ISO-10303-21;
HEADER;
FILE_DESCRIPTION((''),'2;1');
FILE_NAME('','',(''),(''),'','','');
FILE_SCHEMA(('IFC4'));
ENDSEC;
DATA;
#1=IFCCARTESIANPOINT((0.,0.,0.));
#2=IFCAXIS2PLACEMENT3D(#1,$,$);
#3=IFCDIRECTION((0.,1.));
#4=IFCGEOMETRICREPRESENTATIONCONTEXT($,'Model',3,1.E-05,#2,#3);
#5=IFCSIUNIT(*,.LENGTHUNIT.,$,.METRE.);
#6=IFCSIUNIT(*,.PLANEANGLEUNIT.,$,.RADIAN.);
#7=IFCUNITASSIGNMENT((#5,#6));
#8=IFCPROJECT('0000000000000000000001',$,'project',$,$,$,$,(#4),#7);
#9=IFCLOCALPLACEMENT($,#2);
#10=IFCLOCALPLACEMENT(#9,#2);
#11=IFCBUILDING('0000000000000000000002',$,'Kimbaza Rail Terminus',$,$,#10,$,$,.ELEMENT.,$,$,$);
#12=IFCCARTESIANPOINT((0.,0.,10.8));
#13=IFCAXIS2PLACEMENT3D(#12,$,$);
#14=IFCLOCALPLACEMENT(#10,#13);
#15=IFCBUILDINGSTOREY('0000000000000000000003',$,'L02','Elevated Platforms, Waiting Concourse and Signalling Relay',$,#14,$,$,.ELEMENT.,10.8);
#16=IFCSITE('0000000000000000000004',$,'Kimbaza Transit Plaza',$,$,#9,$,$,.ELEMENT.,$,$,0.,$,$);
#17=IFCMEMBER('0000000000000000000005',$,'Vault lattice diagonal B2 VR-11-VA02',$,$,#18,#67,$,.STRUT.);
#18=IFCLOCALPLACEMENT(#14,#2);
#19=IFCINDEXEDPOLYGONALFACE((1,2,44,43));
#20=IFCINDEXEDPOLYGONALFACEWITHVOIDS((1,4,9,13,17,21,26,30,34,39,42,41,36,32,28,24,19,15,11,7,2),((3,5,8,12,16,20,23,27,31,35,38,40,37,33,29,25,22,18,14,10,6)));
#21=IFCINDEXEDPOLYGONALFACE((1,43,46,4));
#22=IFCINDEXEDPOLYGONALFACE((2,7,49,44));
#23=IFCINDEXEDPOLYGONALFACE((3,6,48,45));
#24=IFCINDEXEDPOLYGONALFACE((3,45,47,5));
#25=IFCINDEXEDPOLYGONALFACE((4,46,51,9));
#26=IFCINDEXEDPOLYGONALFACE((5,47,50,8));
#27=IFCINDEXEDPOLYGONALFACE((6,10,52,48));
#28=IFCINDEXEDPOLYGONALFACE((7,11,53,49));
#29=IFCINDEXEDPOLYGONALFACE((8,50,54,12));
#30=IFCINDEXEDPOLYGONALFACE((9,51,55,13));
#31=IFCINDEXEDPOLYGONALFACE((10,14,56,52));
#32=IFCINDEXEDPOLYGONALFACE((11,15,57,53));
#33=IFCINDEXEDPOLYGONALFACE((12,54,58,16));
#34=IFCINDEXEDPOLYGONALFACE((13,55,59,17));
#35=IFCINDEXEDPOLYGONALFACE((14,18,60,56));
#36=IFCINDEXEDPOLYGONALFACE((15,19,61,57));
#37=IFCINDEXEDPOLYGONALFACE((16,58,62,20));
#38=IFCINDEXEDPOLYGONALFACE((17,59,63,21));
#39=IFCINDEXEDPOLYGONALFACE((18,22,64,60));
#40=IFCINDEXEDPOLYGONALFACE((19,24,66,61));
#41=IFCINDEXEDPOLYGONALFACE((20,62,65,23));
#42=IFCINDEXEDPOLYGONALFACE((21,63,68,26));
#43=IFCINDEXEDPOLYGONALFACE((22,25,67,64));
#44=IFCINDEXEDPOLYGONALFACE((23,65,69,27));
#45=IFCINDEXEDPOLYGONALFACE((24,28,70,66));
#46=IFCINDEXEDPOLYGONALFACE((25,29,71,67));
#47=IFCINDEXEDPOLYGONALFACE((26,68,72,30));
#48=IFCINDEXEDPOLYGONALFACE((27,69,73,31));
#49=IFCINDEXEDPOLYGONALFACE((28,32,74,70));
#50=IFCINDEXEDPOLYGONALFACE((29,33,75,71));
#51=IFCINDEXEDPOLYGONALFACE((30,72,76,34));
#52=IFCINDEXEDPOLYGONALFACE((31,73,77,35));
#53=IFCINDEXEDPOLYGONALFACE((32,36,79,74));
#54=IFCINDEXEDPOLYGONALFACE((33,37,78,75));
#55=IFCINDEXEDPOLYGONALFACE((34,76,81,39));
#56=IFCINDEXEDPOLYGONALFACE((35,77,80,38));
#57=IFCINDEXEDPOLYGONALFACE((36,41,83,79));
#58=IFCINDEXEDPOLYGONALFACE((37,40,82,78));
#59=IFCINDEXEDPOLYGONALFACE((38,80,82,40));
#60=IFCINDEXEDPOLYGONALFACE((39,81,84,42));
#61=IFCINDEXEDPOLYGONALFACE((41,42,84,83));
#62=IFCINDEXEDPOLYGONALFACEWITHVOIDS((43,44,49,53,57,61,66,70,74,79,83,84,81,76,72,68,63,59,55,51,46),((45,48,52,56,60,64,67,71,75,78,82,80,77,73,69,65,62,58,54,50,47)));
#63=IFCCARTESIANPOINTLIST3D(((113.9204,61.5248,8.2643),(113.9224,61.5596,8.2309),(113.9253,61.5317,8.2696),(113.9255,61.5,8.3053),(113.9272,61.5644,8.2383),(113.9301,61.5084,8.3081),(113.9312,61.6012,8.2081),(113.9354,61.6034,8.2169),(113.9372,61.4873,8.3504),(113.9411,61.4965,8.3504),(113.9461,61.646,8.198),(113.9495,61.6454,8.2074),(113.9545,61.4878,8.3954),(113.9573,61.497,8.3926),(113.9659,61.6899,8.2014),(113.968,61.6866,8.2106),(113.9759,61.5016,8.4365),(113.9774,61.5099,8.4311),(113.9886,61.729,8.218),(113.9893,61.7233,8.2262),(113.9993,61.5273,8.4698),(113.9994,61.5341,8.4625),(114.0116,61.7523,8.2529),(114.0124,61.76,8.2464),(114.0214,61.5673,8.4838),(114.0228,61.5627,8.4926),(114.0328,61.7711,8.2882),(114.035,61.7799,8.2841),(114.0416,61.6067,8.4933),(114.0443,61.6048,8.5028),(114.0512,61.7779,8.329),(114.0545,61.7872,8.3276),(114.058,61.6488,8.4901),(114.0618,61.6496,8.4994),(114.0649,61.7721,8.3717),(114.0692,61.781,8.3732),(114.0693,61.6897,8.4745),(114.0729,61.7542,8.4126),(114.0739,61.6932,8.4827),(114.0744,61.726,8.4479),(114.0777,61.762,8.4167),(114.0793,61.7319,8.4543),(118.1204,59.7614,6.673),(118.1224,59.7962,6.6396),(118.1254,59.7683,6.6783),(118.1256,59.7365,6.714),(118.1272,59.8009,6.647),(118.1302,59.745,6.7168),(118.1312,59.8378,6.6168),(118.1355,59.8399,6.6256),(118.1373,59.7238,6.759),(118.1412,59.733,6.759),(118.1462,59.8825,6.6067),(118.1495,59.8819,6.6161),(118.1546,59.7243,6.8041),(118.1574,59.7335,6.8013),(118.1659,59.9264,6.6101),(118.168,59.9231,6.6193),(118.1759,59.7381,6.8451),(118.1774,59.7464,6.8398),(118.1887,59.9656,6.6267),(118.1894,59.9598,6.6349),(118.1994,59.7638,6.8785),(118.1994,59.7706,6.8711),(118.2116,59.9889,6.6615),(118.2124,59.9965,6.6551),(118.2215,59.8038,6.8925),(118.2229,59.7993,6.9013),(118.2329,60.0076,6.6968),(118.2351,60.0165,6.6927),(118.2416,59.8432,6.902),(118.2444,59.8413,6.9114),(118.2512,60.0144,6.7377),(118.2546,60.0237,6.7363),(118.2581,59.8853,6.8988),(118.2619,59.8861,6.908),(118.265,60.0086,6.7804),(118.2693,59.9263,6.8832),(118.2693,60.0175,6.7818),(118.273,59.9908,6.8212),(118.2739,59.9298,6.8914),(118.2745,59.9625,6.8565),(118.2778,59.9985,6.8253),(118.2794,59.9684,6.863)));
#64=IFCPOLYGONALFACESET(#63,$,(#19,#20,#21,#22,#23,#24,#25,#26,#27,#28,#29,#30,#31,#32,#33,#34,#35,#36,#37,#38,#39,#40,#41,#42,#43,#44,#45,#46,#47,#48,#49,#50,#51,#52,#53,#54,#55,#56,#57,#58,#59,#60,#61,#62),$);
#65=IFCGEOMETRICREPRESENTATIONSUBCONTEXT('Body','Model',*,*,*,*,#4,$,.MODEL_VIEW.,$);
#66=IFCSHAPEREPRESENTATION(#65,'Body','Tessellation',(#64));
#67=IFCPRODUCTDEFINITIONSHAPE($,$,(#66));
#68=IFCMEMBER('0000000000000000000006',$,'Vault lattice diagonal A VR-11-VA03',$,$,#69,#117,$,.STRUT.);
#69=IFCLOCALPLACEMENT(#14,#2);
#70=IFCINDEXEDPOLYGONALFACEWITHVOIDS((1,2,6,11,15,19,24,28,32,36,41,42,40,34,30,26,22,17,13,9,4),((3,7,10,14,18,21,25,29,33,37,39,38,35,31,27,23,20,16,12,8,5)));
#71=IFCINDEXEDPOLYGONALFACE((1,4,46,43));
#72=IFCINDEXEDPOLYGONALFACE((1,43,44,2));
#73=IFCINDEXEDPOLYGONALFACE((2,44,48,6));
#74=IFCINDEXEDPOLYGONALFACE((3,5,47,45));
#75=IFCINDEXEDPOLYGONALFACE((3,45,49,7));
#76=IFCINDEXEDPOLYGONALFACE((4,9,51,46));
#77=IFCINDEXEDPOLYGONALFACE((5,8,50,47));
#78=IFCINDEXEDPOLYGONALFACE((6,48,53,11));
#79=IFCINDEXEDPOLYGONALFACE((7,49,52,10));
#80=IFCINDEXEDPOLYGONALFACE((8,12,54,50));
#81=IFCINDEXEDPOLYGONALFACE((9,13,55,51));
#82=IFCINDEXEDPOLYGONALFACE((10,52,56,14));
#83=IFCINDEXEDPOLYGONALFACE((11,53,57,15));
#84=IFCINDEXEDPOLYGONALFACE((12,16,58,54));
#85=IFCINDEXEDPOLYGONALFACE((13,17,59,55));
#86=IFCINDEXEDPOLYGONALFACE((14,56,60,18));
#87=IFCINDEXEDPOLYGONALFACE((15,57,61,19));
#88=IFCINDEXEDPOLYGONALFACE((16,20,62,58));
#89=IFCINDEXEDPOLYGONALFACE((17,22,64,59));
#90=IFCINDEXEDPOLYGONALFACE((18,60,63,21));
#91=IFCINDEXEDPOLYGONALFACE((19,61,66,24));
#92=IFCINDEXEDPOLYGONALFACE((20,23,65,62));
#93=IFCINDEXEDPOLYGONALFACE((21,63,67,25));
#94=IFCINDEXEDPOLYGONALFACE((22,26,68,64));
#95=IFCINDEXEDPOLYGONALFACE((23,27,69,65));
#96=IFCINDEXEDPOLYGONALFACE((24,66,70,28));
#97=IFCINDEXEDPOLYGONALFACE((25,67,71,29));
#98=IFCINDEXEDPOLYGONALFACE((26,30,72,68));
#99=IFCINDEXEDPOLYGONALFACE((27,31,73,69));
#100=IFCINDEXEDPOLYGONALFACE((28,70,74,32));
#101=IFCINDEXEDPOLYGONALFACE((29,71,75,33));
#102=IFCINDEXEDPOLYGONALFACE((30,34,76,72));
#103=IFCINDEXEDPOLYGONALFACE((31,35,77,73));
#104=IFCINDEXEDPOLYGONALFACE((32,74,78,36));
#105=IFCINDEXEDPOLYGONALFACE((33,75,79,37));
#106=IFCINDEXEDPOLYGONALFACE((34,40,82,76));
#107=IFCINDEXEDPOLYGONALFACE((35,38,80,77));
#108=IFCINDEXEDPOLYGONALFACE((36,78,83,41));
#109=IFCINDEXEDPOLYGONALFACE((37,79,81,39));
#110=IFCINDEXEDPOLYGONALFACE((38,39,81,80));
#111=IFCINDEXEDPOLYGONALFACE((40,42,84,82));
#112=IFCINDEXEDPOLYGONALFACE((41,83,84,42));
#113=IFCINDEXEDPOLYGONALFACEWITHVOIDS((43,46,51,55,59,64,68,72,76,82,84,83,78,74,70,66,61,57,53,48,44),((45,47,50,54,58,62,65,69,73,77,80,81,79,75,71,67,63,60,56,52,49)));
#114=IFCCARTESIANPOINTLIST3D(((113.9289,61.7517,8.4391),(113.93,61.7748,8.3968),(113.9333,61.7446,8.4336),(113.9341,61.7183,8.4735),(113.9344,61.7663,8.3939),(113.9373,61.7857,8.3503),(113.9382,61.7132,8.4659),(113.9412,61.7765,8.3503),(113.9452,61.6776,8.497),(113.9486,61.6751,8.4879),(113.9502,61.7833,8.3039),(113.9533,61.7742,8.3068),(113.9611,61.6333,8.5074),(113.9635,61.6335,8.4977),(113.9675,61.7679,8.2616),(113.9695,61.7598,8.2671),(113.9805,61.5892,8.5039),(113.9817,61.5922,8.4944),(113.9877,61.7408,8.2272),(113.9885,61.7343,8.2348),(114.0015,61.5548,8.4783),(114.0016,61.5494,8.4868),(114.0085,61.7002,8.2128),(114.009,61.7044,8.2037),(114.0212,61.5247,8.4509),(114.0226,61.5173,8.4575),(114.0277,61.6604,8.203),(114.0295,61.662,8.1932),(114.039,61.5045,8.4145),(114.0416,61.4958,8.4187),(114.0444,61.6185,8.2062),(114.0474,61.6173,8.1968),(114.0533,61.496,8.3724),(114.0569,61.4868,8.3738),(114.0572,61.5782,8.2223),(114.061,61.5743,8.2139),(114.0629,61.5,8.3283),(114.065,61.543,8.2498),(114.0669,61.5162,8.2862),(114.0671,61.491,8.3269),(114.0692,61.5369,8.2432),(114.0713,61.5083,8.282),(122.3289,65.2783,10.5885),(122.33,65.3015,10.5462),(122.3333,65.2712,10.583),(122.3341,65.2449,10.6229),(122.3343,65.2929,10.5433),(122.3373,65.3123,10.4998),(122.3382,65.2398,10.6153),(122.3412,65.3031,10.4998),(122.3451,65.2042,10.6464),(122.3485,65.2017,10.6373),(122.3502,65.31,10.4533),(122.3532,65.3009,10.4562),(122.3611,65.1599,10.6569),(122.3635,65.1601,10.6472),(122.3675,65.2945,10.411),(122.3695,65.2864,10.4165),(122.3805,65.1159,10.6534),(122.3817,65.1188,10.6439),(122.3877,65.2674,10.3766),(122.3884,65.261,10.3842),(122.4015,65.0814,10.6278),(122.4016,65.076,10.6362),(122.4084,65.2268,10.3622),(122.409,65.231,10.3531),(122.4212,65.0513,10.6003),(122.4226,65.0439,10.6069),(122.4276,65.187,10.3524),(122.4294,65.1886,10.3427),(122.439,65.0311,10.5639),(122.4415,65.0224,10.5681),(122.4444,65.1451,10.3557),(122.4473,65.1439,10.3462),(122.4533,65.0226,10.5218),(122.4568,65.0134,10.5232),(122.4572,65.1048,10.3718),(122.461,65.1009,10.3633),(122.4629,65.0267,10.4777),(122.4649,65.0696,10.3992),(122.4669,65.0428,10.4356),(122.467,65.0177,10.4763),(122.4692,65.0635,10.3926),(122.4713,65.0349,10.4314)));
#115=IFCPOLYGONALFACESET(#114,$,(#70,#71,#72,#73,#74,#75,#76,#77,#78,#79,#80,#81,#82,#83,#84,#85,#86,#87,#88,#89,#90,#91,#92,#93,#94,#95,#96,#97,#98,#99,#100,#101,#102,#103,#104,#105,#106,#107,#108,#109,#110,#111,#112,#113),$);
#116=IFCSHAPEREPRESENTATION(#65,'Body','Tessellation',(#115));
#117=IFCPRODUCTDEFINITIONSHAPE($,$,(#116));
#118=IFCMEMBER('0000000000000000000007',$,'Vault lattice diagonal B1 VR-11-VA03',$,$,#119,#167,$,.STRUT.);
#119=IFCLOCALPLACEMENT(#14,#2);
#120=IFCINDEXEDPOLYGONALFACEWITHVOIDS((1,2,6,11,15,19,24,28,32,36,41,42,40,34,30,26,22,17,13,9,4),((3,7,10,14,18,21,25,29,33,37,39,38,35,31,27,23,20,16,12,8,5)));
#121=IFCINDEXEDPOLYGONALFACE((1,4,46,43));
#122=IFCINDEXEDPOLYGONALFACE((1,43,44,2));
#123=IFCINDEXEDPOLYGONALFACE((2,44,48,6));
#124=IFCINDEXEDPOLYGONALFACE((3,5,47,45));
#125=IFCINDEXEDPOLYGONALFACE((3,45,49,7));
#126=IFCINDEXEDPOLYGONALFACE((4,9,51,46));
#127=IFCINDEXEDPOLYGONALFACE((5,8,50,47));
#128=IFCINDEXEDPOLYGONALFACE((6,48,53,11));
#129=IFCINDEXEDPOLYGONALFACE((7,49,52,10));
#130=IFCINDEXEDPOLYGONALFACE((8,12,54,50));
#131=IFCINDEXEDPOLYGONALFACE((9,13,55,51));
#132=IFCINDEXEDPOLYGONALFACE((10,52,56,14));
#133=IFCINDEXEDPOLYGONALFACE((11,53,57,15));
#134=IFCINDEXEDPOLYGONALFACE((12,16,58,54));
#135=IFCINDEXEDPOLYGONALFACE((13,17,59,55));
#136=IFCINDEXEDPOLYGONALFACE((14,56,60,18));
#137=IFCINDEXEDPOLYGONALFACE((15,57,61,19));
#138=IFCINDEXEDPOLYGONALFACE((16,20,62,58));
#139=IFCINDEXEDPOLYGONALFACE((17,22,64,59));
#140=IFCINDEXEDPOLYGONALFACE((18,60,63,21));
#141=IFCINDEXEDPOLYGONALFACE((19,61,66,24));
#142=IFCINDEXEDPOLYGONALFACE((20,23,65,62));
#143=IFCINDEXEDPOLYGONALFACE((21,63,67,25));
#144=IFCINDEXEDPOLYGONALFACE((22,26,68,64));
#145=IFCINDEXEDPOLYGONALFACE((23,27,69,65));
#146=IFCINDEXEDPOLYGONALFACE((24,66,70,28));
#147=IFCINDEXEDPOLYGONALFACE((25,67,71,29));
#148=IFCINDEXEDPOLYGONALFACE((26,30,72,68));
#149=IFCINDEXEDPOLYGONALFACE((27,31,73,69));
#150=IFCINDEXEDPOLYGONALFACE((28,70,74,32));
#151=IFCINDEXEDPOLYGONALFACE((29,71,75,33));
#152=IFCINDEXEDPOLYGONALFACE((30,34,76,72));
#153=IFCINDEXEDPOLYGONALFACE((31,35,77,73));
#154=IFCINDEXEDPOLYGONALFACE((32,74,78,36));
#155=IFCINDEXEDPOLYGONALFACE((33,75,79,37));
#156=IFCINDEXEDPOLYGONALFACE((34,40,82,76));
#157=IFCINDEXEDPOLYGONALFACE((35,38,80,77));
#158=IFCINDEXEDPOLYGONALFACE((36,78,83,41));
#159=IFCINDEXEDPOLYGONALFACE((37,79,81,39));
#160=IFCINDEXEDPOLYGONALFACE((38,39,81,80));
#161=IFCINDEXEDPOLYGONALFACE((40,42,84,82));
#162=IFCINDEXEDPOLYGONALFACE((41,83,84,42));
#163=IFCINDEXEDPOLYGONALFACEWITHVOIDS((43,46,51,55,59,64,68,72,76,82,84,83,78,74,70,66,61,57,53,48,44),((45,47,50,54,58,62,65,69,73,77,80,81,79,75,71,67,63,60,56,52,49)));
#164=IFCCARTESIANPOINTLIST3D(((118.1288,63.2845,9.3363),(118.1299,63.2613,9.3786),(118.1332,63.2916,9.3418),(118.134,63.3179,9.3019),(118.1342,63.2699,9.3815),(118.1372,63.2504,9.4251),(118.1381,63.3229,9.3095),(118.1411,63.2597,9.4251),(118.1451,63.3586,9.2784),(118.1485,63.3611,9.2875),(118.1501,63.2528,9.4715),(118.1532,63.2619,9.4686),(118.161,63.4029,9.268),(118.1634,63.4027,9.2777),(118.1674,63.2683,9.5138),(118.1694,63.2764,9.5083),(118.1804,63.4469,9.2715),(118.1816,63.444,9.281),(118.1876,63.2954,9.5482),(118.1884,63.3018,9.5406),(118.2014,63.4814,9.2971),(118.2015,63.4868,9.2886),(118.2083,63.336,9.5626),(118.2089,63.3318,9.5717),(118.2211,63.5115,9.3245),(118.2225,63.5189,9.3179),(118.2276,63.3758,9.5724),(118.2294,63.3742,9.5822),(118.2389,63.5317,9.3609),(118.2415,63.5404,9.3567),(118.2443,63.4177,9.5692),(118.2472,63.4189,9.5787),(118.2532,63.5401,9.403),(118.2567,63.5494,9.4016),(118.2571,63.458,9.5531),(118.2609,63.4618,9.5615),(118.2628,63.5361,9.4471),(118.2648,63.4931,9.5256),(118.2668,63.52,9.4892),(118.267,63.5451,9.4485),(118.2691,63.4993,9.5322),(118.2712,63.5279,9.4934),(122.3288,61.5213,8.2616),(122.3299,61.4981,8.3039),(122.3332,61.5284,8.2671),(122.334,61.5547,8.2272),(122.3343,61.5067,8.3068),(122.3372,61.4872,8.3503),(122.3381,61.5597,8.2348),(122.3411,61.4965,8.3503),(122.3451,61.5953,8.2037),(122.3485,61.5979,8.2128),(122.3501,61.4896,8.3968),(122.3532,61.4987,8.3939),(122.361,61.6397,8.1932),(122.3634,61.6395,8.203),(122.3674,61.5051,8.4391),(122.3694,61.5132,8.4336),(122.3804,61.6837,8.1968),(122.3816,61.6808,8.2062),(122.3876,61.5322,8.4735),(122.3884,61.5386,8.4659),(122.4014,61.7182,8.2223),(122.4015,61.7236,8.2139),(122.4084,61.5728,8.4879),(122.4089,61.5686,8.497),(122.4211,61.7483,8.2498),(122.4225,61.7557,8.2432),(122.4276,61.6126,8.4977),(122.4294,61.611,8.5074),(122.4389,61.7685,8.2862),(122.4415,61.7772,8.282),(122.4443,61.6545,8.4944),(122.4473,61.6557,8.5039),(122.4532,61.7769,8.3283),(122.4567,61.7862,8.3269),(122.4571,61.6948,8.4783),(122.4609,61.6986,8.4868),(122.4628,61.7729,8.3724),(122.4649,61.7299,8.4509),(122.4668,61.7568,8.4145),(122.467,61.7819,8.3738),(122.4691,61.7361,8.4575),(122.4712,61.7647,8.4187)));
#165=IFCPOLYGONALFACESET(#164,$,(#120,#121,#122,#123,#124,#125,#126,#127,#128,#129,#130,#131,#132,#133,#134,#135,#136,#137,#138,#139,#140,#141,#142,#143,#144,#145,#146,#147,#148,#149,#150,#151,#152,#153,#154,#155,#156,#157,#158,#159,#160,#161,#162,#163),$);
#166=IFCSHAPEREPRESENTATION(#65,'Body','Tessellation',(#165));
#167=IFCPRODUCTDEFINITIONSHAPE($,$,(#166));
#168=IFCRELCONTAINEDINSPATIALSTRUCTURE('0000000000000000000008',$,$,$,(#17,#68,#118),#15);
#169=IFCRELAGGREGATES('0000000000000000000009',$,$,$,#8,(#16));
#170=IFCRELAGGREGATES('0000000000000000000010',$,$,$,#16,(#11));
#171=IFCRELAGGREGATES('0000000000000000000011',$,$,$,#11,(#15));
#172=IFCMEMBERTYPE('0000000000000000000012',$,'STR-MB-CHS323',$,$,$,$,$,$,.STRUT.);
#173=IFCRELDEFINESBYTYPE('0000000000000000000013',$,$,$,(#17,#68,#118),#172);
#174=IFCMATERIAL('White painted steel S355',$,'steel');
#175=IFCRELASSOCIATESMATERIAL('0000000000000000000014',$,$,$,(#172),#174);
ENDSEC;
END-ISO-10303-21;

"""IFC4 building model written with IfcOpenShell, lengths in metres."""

from ifc_helpers import new_model, si_unit, direction, frame, origin, origin_2d, place, context, subcontext, project, spatial, hollow_circle, extrude, material, material_profile, profile_set, type_object, element, save


model = new_model("IFC4")

# Units and contexts
model_context = context("Model", 3, precision=1e-05, world=origin(), true_north=direction((0.0, 1.0)))
body_context = subcontext(model_context, "Body", "Model", "MODEL_VIEW")
ifc_project = project(units=[si_unit("LENGTHUNIT", "METRE"), si_unit("PLANEANGLEUNIT", "RADIAN")], contexts=[model_context])

# Site, building, storey
site_placement = place(None, origin())
site = spatial("IfcSite", under=ifc_project, at=site_placement, Name="Kimbaza Transit Plaza", CompositionType="ELEMENT", RefElevation=0.0)
building_placement = place(site_placement, origin())
building = spatial("IfcBuilding", under=site, at=building_placement, Name="Kimbaza Rail Terminus", CompositionType="ELEMENT")
storey_placement = place(building_placement, frame((0.0, 0.0, 10.8)))
storey = spatial("IfcBuildingStorey", under=building, at=storey_placement, Name="L02", Description="Elevated Platforms, Waiting Concourse and Signalling Relay", CompositionType="ELEMENT", Elevation=10.8)

# Members
ifc_material_1 = material(Name="White painted steel S355", Category="steel")
ifc_material_profile_1 = material_profile(ifc_material_1, hollow_circle(Radius=0.1619, WallThickness=0.01, at=origin_2d()), Name="CHS 323.9x10")
ifc_profile_set_1 = profile_set([ifc_material_profile_1], Name="White painted steel S355")
member_type_1 = type_object("IfcMemberType", Name="STR-MB-CHS323", PredefinedType="STRUT", material=ifc_profile_set_1)
member_1_placement = place(storey_placement, frame((118.2, 59.873, 6.759), z_axis=(-0.870439, 0.36547, 0.329798), x_axis=(-0.38713, -0.922025, 0.0)))
element("IfcMember", 1, at=member_1_placement, inside=storey, type_object=member_type_1, Name="Vault lattice diagonal B2 VR-11-VA02", PredefinedType="STRUT", context=body_context, shape_type="SweptSolid", body=[
    extrude(hollow_circle(Radius=0.1619, WallThickness=0.01, at=origin_2d()), origin(), (0.0, 0.0, 1.0), 4.8252),
])
member_2_placement = place(storey_placement, frame((114.0, 61.6365, 8.3503), z_axis=(0.897396, 0.376762, 0.229631), x_axis=(-0.387107, 0.922035, 0.0)))
element("IfcMember", 2, at=member_2_placement, inside=storey, type_object=member_type_1, Name="Vault lattice diagonal A VR-11-VA03", PredefinedType="STRUT", context=body_context, shape_type="SweptSolid", body=[
    extrude(hollow_circle(Radius=0.1619, WallThickness=0.01, at=origin_2d()), origin(), (0.0, 0.0, 1.0), 9.3604),
])
for number, where, z_axis, x_axis, name in (
    (3, (122.3999, 61.6365, 8.3503), (-0.897405, 0.37674, 0.229633), (-0.387084, -0.922044, 0.0), "Vault lattice diagonal B1 VR-11-VA03"),
):
    element("IfcMember", number, at=place(storey_placement, frame(where, z_axis=z_axis, x_axis=x_axis)), inside=storey, type_object=member_type_1, Name=name, PredefinedType="STRUT", context=body_context, shape_type="SweptSolid", body=[
        extrude(hollow_circle(Radius=0.1619, WallThickness=0.01, at=origin_2d()), origin(), (0.0, 0.0, 1.0), 4.6802),
    ])

save(model, "model.ifc")
